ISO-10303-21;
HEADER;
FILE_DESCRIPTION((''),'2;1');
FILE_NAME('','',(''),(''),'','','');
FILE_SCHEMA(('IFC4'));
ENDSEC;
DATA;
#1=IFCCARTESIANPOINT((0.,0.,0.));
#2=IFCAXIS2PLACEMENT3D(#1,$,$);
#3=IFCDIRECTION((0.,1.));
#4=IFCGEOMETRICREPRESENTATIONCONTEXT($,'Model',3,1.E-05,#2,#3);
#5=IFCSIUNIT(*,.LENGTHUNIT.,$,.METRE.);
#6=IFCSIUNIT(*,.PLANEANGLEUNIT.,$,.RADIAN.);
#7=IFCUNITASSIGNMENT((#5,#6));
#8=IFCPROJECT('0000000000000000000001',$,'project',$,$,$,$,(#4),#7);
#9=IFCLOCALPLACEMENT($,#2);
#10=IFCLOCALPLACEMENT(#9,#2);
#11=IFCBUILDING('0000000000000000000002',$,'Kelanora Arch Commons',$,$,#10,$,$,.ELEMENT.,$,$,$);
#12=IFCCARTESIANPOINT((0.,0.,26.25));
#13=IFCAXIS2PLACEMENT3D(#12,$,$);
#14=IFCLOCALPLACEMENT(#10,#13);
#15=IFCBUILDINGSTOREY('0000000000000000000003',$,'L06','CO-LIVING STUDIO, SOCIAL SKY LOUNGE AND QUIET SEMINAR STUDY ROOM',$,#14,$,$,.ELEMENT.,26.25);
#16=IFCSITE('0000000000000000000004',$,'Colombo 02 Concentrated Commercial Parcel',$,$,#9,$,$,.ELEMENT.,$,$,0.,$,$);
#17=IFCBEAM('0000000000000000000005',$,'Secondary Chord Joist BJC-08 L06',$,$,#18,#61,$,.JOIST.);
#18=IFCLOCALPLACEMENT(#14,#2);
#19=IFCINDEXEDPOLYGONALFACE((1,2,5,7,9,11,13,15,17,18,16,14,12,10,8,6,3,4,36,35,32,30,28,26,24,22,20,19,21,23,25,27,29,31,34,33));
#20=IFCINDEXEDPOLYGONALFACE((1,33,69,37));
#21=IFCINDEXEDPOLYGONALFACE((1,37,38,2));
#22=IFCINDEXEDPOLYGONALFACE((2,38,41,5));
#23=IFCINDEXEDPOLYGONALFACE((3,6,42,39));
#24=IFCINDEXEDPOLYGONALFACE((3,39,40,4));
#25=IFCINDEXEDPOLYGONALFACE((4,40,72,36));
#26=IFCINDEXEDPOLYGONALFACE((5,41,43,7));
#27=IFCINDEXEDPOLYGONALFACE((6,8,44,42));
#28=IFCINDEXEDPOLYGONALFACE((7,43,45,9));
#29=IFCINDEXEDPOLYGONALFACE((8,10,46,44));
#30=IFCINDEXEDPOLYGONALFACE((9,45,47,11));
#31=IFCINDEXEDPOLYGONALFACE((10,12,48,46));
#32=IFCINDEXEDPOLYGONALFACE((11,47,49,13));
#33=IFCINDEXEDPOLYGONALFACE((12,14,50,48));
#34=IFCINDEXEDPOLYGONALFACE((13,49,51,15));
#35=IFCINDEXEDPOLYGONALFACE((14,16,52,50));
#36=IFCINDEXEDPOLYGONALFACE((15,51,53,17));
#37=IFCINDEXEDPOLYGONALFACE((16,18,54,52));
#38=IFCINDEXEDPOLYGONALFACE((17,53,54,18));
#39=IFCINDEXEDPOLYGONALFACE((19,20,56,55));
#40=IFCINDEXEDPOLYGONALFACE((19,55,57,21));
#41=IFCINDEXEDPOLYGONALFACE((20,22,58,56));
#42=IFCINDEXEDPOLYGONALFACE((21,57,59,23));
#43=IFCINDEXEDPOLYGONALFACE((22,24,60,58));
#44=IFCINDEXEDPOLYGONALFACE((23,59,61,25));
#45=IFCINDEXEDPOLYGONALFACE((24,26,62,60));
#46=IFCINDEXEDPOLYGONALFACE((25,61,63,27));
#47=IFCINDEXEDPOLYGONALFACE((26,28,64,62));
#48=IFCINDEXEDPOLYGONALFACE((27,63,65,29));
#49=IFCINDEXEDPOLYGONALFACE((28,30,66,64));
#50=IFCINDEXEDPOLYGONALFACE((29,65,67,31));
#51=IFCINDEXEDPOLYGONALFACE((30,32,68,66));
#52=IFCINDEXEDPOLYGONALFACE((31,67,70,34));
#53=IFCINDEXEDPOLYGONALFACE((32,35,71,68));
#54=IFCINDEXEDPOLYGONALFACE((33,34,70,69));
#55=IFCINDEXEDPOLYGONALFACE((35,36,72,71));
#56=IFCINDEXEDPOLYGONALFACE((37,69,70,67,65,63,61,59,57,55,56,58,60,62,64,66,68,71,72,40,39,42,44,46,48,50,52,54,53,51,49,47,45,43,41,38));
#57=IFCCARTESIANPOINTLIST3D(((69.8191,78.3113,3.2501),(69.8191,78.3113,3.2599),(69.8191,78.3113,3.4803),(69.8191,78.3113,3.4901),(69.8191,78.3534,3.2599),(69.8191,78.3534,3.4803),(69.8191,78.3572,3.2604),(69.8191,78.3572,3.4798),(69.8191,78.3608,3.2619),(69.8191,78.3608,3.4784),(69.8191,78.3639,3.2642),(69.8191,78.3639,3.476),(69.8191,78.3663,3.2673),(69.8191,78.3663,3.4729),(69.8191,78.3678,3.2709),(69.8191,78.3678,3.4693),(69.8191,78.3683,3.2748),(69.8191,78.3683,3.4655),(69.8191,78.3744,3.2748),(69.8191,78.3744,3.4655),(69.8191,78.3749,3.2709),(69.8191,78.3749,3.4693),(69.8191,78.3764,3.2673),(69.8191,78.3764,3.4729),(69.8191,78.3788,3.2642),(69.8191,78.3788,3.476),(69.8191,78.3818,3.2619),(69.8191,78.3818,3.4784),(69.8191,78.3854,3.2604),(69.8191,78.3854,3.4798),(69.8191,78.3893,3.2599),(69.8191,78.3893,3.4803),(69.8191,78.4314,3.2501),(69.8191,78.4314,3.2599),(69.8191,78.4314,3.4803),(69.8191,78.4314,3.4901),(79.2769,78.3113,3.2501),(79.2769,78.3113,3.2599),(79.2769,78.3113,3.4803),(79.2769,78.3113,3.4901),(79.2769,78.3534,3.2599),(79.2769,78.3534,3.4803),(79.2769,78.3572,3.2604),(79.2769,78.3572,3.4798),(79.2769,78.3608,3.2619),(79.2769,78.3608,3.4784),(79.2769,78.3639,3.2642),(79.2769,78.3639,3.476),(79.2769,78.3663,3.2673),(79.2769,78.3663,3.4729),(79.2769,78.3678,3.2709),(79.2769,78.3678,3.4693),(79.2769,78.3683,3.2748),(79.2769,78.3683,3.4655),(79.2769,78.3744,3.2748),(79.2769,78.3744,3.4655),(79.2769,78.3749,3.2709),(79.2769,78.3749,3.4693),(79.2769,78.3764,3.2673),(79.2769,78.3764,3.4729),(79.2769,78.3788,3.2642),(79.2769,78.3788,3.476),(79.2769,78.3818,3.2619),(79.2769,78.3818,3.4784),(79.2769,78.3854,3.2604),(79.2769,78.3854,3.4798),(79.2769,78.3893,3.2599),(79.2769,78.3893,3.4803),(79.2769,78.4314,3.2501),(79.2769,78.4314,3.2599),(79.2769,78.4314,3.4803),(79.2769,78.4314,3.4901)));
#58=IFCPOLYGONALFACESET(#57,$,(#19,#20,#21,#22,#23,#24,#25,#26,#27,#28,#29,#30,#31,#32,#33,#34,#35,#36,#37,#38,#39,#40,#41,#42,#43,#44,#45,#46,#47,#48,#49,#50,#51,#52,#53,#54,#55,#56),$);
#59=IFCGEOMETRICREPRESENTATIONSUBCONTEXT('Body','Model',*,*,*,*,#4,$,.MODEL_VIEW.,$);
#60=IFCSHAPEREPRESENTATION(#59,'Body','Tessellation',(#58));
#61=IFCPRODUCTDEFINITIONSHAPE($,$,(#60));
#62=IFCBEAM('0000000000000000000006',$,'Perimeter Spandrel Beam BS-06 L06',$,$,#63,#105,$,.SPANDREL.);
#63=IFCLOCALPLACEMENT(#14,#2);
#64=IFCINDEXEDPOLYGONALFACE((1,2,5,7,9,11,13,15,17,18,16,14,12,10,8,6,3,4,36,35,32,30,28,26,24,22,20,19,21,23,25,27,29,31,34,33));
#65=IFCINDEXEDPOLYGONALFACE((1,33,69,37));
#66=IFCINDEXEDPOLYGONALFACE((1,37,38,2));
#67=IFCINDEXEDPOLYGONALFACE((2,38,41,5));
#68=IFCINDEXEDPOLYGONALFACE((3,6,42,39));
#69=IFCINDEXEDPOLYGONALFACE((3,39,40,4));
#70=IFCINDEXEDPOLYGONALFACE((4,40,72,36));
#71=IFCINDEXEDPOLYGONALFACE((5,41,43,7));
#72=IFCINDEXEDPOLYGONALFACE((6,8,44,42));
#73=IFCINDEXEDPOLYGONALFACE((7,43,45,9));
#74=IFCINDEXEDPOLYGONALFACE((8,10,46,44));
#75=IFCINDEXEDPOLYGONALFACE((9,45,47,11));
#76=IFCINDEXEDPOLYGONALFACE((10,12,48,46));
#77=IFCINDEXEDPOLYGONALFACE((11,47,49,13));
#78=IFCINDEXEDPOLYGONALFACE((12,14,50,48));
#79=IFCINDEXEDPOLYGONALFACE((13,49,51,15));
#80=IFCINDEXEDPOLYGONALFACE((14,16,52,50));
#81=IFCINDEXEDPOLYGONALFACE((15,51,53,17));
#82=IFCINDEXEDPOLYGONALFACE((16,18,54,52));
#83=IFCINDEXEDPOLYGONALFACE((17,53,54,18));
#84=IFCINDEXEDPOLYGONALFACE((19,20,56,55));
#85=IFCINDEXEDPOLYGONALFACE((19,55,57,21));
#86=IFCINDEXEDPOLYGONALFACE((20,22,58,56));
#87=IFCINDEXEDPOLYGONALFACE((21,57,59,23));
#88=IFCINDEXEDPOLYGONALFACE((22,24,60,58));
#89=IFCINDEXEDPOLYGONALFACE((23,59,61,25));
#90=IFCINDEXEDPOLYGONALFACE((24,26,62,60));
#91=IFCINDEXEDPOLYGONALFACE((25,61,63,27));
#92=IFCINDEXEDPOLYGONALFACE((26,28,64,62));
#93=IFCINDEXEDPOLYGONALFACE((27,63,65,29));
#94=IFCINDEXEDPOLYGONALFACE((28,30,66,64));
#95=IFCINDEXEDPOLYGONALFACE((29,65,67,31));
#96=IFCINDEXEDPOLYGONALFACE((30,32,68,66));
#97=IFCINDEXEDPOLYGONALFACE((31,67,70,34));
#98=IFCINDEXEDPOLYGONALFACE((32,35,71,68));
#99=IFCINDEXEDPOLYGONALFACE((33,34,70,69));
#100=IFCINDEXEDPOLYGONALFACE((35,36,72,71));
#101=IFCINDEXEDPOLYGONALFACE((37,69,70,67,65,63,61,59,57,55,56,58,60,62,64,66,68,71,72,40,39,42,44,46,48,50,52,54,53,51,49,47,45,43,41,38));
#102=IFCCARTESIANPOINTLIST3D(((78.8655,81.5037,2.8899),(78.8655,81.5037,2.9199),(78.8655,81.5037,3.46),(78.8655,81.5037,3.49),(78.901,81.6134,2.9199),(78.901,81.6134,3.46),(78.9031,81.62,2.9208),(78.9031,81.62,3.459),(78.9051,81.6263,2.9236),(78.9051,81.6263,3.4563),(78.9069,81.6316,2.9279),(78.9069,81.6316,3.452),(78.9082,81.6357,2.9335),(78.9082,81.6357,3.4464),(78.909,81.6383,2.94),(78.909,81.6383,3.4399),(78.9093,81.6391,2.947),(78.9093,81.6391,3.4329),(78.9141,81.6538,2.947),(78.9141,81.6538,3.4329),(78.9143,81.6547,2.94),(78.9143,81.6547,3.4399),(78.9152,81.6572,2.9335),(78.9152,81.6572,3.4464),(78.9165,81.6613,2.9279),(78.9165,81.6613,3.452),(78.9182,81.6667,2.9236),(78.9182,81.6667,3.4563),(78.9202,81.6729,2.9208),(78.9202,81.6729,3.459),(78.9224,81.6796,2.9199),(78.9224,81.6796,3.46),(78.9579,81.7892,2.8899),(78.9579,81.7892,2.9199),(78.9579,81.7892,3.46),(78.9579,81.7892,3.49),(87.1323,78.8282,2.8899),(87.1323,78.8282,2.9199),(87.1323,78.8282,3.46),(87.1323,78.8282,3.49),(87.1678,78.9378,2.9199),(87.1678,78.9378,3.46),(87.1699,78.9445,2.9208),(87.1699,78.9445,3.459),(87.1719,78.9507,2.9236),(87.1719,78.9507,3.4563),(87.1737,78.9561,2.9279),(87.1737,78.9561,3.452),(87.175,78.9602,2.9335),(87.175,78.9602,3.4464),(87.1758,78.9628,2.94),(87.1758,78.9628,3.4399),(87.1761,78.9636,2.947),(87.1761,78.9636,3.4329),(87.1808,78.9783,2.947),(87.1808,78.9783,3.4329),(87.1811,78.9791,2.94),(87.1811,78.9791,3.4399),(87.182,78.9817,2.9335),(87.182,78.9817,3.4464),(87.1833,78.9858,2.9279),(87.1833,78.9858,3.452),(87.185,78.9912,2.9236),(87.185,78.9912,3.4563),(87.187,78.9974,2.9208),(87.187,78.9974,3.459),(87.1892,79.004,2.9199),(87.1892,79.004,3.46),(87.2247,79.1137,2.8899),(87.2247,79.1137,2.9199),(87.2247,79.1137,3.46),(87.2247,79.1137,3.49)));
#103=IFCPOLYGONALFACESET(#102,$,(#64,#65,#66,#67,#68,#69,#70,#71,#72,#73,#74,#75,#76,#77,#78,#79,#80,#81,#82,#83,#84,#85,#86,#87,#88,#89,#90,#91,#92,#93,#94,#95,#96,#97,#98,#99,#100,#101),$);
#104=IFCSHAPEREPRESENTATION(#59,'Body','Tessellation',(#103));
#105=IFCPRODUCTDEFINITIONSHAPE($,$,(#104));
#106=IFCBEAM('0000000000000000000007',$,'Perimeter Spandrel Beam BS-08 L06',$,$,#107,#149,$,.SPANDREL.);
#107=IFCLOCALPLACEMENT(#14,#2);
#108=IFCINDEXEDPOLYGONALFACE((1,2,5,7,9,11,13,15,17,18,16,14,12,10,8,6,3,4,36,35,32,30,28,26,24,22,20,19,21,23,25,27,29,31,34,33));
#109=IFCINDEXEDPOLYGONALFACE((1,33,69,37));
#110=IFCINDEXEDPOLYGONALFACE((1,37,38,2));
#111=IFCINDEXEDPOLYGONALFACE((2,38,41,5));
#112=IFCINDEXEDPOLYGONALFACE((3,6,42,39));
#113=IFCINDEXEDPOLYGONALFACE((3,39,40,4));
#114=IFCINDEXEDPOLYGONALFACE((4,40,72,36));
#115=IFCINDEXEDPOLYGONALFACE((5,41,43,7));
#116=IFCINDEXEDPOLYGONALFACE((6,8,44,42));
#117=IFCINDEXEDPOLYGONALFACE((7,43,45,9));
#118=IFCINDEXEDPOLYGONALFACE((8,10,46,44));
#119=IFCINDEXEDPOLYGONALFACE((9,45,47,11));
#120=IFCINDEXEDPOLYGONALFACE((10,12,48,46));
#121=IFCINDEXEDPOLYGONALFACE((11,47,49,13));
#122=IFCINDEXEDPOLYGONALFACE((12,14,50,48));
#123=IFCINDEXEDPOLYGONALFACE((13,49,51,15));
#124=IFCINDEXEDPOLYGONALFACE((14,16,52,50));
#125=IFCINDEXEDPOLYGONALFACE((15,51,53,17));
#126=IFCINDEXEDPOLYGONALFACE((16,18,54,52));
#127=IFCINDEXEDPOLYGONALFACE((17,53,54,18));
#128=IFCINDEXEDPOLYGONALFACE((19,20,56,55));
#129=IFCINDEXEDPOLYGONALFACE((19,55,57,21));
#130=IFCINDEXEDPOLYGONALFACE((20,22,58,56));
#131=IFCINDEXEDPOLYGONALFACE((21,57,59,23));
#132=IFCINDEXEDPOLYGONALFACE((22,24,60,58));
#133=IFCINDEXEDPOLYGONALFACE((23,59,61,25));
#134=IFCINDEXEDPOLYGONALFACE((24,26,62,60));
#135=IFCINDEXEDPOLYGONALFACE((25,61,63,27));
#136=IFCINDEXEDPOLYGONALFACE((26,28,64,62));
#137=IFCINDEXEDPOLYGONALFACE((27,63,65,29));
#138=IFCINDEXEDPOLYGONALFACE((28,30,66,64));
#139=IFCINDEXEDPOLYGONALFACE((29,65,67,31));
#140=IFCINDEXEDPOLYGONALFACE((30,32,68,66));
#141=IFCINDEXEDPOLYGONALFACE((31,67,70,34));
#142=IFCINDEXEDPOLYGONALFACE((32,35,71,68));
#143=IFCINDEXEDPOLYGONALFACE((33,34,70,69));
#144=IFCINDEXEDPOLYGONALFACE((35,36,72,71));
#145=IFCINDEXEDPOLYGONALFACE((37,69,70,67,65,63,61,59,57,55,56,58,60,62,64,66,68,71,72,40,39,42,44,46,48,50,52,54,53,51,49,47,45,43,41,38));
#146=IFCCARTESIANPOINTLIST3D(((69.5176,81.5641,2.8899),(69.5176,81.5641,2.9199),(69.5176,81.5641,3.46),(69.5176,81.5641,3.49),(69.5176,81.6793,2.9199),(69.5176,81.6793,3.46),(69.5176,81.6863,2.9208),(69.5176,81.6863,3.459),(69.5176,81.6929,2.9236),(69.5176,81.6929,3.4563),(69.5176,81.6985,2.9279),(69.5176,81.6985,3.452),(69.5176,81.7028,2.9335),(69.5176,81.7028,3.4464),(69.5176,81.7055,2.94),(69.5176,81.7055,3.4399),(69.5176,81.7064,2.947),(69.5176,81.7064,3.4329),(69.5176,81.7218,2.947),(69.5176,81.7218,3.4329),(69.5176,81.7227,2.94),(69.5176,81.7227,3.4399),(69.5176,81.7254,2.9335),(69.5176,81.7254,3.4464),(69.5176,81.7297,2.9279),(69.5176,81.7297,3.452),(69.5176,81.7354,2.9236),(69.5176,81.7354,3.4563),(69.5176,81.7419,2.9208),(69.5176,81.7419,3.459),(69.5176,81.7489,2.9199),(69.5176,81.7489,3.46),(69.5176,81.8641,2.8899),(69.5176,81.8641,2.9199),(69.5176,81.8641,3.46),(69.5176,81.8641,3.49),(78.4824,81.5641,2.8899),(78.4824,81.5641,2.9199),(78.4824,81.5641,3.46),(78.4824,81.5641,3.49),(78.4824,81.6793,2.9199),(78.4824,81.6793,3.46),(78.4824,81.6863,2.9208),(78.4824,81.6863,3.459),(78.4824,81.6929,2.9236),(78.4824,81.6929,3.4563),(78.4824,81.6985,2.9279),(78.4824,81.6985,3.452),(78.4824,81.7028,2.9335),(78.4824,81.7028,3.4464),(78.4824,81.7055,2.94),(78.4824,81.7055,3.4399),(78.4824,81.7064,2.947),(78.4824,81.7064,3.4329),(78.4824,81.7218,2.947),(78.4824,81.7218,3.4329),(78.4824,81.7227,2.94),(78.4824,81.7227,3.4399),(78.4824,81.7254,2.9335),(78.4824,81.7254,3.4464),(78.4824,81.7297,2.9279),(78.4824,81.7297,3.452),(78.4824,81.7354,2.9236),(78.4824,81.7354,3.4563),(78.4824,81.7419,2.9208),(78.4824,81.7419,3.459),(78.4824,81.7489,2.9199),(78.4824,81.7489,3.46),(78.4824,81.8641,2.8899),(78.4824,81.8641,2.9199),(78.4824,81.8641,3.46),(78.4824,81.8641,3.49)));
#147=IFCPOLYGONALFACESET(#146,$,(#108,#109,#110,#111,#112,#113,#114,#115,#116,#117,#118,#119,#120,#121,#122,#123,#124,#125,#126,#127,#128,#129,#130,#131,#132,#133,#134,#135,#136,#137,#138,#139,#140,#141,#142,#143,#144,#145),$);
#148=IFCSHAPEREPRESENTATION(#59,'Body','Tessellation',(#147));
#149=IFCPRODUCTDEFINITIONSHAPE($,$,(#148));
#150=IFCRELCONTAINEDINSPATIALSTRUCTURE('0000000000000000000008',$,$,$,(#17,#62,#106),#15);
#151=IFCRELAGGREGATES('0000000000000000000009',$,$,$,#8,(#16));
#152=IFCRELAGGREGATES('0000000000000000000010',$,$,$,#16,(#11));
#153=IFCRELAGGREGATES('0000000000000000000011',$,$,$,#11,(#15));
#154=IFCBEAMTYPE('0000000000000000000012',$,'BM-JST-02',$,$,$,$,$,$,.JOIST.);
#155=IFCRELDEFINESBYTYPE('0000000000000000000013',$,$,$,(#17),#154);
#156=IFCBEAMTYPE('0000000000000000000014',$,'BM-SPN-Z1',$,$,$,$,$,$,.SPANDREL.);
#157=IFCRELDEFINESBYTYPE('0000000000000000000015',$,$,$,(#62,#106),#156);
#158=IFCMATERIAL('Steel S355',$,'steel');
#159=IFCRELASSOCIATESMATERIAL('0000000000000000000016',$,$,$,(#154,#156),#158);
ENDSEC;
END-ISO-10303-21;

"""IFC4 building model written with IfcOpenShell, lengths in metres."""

from ifc_helpers import new_model, si_unit, direction, frame, origin, origin_2d, place, context, subcontext, project, spatial, i_section, extrude, material, material_profile, profile_set, type_object, element, save


model = new_model("IFC4")

# Units and contexts
model_context = context("Model", 3, precision=1e-05, world=origin(), true_north=direction((0.0, 1.0)))
body_context = subcontext(model_context, "Body", "Model", "MODEL_VIEW")
ifc_project = project(units=[si_unit("LENGTHUNIT", "METRE"), si_unit("PLANEANGLEUNIT", "RADIAN")], contexts=[model_context])

# Site, building, storey
site_placement = place(None, origin())
site = spatial("IfcSite", under=ifc_project, at=site_placement, Name="Colombo 02 Concentrated Commercial Parcel", CompositionType="ELEMENT", RefElevation=0.0)
building_placement = place(site_placement, origin())
building = spatial("IfcBuilding", under=site, at=building_placement, Name="Kelanora Arch Commons", CompositionType="ELEMENT")
storey_placement = place(building_placement, frame((0.0, 0.0, 26.25)))
storey = spatial("IfcBuildingStorey", under=building, at=storey_placement, Name="L06", Description="CO-LIVING STUDIO, SOCIAL SKY LOUNGE AND QUIET SEMINAR STUDY ROOM", CompositionType="ELEMENT", Elevation=26.25)

# Beams
ifc_material_1 = material(Name="Steel S355", Category="steel")
ifc_material_profile_1 = material_profile(ifc_material_1, i_section(OverallWidth=0.1201, OverallDepth=0.24, WebThickness=0.0061, FlangeThickness=0.0098, FilletRadius=0.0149, at=origin_2d()), Name="IPE240")
ifc_profile_set_1 = profile_set([ifc_material_profile_1], Name="Steel S355")
beam_type_1 = type_object("IfcBeamType", Name="BM-JST-02", PredefinedType="JOIST", material=ifc_profile_set_1)
beam_1_placement = place(storey_placement, frame((79.2769, 78.3713, 3.3701), z_axis=(-1.0, 0.0, 0.0), x_axis=(0.0, -1.0, 0.0)))
element("IfcBeam", 1, at=beam_1_placement, inside=storey, type_object=beam_type_1, Name="Secondary Chord Joist BJC-08 L06", PredefinedType="JOIST", context=body_context, shape_type="SweptSolid", body=[
    extrude(i_section(OverallWidth=0.1201, OverallDepth=0.24, WebThickness=0.0061, FlangeThickness=0.0098, FilletRadius=0.0149, at=origin_2d()), origin(), (0.0, 0.0, 1.0), 9.4578),
])
ifc_material_profile_2 = material_profile(ifc_material_1, i_section(OverallWidth=0.3, OverallDepth=0.6001, WebThickness=0.0154, FlangeThickness=0.03, FilletRadius=0.0271, at=origin_2d()), Name="HEB600")
ifc_profile_set_2 = profile_set([ifc_material_profile_2], Name="Steel S355")
beam_type_2 = type_object("IfcBeamType", Name="BM-SPN-Z1", PredefinedType="SPANDREL", material=ifc_profile_set_2)
beam_2_placement = place(storey_placement, frame((87.1785, 78.9709, 3.1899), z_axis=(-0.951412, 0.307921, 0.0), x_axis=(-0.307921, -0.951412, 0.0)))
element("IfcBeam", 2, at=beam_2_placement, inside=storey, type_object=beam_type_2, Name="Perimeter Spandrel Beam BS-06 L06", PredefinedType="SPANDREL", context=body_context, shape_type="SweptSolid", body=[
    extrude(i_section(OverallWidth=0.3, OverallDepth=0.6001, WebThickness=0.0154, FlangeThickness=0.03, FilletRadius=0.0271, at=origin_2d()), origin(), (0.0, 0.0, 1.0), 8.689),
])
beam_3_placement = place(storey_placement, frame((78.4824, 81.7141, 3.1899), z_axis=(-1.0, 0.0, 0.0), x_axis=(0.0, -1.0, 0.0)))
element("IfcBeam", 3, at=beam_3_placement, inside=storey, type_object=beam_type_2, Name="Perimeter Spandrel Beam BS-08 L06", PredefinedType="SPANDREL", context=body_context, shape_type="SweptSolid", body=[
    extrude(i_section(OverallWidth=0.3, OverallDepth=0.6001, WebThickness=0.0154, FlangeThickness=0.03, FilletRadius=0.0271, at=origin_2d()), origin(), (0.0, 0.0, 1.0), 8.9648),
])

save(model, "model.ifc")
